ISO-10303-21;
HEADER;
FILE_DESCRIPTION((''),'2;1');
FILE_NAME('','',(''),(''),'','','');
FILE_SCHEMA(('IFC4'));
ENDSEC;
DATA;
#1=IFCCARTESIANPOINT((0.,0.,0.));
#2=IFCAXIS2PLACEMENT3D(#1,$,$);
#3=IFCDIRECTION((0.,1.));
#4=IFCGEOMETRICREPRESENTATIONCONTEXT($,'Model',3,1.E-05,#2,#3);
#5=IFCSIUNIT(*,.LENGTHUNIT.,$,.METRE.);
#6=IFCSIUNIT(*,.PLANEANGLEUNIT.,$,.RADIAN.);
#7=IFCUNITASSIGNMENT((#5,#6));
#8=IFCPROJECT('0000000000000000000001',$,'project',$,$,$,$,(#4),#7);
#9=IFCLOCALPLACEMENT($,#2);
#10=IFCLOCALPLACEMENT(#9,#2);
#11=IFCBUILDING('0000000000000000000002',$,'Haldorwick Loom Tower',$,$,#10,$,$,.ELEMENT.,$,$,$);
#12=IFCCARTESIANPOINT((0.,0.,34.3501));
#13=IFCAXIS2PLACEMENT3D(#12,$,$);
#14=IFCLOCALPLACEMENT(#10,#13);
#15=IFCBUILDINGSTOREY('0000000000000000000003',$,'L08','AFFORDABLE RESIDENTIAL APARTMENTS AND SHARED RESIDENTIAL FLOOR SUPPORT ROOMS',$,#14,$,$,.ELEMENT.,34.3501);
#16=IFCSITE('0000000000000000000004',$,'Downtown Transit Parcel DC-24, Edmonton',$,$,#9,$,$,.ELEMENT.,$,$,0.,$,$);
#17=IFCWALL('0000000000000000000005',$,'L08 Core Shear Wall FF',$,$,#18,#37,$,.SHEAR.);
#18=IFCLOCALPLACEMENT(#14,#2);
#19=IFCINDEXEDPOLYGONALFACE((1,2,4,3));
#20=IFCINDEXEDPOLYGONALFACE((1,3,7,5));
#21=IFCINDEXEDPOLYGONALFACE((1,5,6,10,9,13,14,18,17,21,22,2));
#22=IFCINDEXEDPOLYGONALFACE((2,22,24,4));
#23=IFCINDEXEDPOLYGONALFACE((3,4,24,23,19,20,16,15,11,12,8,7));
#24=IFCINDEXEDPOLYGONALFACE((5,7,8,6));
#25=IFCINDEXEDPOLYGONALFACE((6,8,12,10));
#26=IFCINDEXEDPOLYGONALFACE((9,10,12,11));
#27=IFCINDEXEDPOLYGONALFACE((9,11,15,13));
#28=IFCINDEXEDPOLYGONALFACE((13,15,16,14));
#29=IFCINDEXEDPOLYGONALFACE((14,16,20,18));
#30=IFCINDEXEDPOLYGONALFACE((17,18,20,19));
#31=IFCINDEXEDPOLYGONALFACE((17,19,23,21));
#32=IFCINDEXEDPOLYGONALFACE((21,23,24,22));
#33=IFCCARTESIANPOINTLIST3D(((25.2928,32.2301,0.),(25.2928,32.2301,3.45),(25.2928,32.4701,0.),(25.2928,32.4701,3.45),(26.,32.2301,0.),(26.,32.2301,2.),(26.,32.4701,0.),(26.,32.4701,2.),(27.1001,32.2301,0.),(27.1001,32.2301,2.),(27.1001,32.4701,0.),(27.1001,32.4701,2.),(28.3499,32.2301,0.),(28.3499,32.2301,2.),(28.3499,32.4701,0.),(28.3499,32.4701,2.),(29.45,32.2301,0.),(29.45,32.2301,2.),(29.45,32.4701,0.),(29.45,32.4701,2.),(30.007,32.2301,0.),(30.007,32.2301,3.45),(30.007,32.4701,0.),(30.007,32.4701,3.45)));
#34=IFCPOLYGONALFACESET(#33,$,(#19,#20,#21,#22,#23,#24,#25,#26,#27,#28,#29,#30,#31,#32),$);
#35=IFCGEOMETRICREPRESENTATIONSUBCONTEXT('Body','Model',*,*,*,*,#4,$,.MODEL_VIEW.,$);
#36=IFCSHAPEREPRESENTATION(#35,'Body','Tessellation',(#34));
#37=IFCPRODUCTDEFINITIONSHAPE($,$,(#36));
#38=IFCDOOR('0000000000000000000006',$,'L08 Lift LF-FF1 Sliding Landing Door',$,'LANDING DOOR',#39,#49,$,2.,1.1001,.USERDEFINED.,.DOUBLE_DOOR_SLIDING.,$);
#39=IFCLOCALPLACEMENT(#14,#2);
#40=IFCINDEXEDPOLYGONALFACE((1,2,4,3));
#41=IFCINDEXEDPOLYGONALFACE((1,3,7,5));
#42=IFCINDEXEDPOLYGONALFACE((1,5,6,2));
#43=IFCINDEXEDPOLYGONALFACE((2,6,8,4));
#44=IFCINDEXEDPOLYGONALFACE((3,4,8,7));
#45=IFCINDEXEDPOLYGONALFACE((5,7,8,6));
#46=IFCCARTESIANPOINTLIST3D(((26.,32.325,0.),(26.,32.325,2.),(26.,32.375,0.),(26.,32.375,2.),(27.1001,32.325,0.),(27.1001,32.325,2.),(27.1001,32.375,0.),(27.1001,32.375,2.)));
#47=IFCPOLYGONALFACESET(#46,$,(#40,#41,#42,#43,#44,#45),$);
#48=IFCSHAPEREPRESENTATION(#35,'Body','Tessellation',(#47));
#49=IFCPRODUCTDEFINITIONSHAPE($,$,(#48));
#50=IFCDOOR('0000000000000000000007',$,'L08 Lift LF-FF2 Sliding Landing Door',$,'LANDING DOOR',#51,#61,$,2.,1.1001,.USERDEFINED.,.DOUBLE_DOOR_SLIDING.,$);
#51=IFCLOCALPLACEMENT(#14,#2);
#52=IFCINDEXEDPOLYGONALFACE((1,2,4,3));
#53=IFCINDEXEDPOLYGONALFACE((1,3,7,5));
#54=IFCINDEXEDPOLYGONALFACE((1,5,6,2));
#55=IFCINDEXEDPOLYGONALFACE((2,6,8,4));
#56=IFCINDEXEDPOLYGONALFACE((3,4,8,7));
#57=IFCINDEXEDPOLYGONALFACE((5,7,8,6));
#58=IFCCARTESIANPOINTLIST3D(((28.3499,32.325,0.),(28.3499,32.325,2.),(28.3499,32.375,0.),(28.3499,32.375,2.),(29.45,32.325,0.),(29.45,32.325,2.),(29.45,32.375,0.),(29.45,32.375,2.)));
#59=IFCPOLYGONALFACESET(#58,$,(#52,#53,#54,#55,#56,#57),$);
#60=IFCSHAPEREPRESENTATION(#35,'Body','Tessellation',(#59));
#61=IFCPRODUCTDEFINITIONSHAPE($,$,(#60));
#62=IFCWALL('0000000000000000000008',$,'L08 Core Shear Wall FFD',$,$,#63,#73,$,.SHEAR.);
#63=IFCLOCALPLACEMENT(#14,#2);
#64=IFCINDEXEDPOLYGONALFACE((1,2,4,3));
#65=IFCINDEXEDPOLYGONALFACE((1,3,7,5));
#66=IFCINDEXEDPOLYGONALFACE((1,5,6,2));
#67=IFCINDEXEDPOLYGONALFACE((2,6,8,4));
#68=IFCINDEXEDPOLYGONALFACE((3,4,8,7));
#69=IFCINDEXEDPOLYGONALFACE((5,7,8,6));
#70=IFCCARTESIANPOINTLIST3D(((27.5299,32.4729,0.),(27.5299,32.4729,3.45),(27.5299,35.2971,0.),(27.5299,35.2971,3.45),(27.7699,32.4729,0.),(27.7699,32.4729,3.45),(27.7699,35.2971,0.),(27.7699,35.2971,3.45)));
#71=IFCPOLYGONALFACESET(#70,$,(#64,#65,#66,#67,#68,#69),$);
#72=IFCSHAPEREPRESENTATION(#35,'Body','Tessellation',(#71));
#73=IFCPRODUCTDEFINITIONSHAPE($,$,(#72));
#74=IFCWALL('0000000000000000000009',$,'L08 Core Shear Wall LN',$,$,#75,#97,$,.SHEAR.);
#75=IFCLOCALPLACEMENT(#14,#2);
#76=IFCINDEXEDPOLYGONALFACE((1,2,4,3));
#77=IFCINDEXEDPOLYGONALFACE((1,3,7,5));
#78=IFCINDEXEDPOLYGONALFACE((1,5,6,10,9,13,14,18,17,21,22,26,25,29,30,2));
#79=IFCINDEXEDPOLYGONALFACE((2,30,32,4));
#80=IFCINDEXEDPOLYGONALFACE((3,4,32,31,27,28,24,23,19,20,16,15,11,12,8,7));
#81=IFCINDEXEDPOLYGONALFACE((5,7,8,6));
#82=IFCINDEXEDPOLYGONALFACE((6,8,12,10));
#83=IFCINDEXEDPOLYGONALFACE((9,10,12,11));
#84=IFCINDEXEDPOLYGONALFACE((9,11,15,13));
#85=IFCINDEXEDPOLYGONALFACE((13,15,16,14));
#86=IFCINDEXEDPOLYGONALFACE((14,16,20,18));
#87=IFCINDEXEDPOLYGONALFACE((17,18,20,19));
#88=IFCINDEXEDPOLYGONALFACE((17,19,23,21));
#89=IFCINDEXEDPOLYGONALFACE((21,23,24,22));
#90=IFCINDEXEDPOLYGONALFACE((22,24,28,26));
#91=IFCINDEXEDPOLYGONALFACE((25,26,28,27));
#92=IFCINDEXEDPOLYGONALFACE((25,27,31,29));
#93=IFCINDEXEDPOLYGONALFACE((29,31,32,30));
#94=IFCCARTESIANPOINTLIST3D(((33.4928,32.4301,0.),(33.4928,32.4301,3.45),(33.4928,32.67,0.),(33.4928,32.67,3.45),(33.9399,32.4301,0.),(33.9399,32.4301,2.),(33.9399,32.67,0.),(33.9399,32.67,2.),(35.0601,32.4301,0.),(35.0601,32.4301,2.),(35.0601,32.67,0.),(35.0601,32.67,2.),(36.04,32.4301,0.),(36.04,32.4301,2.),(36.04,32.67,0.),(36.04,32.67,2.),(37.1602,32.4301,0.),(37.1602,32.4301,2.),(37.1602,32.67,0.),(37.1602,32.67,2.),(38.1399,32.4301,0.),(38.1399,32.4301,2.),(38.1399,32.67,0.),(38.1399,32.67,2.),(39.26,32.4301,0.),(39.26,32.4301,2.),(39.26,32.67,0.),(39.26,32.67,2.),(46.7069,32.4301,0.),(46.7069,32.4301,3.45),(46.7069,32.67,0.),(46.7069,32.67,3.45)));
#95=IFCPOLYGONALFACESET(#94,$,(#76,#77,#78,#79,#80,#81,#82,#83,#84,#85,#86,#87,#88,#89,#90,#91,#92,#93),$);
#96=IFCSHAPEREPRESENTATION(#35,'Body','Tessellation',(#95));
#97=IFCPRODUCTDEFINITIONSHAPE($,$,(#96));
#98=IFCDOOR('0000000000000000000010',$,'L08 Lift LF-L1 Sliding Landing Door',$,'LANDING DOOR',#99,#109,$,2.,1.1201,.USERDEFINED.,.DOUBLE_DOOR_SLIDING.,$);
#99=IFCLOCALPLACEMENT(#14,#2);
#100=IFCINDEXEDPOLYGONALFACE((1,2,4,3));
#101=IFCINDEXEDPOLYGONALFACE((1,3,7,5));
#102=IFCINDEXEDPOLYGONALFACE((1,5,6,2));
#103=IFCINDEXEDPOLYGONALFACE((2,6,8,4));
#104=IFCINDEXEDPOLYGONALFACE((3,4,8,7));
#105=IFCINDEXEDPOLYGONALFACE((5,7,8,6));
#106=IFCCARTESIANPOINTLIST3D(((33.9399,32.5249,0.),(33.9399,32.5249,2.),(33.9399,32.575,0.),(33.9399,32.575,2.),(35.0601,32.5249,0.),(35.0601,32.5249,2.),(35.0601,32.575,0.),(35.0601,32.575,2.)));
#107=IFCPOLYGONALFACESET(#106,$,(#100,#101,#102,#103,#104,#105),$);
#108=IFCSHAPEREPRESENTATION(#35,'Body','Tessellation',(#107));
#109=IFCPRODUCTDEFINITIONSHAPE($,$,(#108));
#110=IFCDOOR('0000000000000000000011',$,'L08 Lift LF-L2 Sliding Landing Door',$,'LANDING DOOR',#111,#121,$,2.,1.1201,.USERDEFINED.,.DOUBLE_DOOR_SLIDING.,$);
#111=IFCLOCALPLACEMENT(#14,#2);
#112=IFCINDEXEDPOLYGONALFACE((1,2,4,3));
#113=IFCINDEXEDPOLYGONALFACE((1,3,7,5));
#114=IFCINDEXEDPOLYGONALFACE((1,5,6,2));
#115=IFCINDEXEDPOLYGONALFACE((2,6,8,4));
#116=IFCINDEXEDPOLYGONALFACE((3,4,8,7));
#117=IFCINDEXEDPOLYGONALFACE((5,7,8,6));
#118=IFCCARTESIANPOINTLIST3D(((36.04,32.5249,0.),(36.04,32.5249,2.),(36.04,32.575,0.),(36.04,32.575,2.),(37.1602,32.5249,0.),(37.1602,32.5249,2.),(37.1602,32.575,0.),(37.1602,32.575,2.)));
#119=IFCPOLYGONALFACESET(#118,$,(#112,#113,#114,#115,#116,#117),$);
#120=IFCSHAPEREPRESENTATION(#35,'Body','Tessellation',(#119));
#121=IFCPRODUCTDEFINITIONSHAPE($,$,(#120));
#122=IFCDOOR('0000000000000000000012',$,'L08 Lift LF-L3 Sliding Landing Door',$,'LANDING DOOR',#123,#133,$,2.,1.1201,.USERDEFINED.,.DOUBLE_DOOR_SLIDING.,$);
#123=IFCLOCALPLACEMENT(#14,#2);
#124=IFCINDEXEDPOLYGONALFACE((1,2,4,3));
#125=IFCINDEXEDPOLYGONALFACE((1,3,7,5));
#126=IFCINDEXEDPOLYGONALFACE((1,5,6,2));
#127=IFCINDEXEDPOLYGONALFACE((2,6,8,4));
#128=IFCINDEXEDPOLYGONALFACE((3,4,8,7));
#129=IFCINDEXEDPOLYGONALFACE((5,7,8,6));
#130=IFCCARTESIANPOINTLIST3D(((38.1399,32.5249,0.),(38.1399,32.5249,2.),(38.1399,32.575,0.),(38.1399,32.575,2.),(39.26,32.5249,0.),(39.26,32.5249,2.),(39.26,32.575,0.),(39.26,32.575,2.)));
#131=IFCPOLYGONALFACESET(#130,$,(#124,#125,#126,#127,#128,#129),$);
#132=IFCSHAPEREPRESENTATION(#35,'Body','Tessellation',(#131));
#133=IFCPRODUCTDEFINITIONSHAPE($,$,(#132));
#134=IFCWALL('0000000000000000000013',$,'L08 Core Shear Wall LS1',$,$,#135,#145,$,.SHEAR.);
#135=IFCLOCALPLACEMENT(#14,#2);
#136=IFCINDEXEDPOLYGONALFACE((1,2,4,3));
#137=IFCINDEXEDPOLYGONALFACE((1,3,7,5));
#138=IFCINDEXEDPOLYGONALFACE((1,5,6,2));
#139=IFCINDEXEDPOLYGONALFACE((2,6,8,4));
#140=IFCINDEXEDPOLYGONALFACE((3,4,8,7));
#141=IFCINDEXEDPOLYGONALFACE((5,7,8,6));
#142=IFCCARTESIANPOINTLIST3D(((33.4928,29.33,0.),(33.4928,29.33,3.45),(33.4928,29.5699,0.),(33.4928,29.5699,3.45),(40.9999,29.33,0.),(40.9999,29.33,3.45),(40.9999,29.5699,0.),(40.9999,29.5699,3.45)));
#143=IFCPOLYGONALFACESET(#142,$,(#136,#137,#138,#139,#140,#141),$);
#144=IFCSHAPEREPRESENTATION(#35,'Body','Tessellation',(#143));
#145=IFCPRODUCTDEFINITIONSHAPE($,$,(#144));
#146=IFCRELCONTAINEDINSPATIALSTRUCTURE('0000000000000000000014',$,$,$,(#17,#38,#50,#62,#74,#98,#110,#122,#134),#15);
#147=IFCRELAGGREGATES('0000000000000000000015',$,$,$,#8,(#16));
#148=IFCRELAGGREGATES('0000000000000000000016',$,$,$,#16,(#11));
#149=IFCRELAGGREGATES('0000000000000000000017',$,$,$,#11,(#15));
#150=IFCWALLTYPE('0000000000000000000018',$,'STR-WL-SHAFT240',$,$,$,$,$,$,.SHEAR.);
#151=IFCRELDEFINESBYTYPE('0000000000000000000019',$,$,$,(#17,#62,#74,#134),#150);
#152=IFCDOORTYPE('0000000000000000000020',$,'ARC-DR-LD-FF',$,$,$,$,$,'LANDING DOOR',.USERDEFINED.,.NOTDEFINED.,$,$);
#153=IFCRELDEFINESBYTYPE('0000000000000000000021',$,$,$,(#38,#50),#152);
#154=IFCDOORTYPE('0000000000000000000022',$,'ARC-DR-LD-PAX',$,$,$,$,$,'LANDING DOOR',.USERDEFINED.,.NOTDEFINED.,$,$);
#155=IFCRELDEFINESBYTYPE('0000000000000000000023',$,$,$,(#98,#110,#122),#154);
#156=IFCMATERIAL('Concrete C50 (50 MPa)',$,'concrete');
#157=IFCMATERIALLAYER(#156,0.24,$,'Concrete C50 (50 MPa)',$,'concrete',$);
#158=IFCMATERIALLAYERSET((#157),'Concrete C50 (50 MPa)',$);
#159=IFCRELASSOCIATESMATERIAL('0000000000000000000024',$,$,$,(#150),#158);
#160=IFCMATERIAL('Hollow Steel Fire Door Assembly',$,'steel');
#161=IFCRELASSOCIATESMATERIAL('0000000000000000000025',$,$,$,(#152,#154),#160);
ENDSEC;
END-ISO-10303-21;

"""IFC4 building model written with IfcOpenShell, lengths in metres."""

from ifc_helpers import new_model, si_unit, direction, frame, frame_2d, origin, place, context, subcontext, project, spatial, rectangle, extrude, material, layer, layer_set, type_object, element, fill, save


model = new_model("IFC4")

# Units and contexts
model_context = context("Model", 3, precision=1e-05, world=origin(), true_north=direction((0.0, 1.0)))
body_context = subcontext(model_context, "Body", "Model", "MODEL_VIEW")
ifc_project = project(units=[si_unit("LENGTHUNIT", "METRE"), si_unit("PLANEANGLEUNIT", "RADIAN")], contexts=[model_context])

# Site, building, storey
site_placement = place(None, origin())
site = spatial("IfcSite", under=ifc_project, at=site_placement, Name="Downtown Transit Parcel DC-24, Edmonton", CompositionType="ELEMENT", RefElevation=0.0)
building_placement = place(site_placement, origin())
building = spatial("IfcBuilding", under=site, at=building_placement, Name="Haldorwick Loom Tower", CompositionType="ELEMENT")
storey_placement = place(building_placement, frame((0.0, 0.0, 34.3501)))
storey = spatial("IfcBuildingStorey", under=building, at=storey_placement, Name="L08", Description="AFFORDABLE RESIDENTIAL APARTMENTS AND SHARED RESIDENTIAL FLOOR SUPPORT ROOMS", CompositionType="ELEMENT", Elevation=34.3501)

# Shared definitions
ifc_material_1 = material(Name="Concrete C50 (50 MPa)", Category="concrete")
ifc_layer = layer(ifc_material_1, 0.24, Name="Concrete C50 (50 MPa)", Category="concrete")
ifc_layer_set = layer_set([ifc_layer], Name="Concrete C50 (50 MPa)")
wall_type = type_object("IfcWallType", Name="STR-WL-SHAFT240", PredefinedType="SHEAR", material=ifc_layer_set)

# Wall, openings, doors
wall_1_placement = place(storey_placement, frame((25.293, 32.3501, 0.0), z_axis=(0.0, 0.0, 1.0), x_axis=(1.0, 0.0, 0.0)))
wall_1 = element("IfcWall", 1, at=wall_1_placement, inside=storey, type_object=wall_type, Name="L08 Core Shear Wall FF", PredefinedType="SHEAR", context=body_context, shape_type="SweptSolid", body=[
    extrude(rectangle(XDim=4.7141, YDim=0.24, at=frame_2d((2.3569, 0.0))), origin(), (0.0, 0.0, 1.0), 3.45),
])
opening_1_placement = place(wall_1_placement, frame((0.707, 0.0, 0.0)))
opening_1 = element("IfcOpeningElement", 2, at=opening_1_placement, cuts=wall_1, PredefinedType="OPENING", context=body_context, shape_type="SweptSolid", body=[
    extrude(rectangle(XDim=1.1001, YDim=2.0, at=frame_2d((0.55, 1.0))), frame((0.0, 0.1299, 0.0), z_axis=(0.0, -1.0, 0.0), x_axis=(1.0, 0.0, 0.0)), (0.0, 0.0, 1.0), 0.26),
])
opening_2_placement = place(wall_1_placement, frame((3.0569, 0.0, 0.0)))
opening_2 = element("IfcOpeningElement", 3, at=opening_2_placement, cuts=wall_1, PredefinedType="OPENING", context=body_context, shape_type="SweptSolid", body=[
    extrude(rectangle(XDim=1.1001, YDim=2.0, at=frame_2d((0.55, 1.0))), frame((0.0, 0.1299, 0.0), z_axis=(0.0, -1.0, 0.0), x_axis=(1.0, 0.0, 0.0)), (0.0, 0.0, 1.0), 0.26),
])
ifc_material_2 = material(Name="Hollow Steel Fire Door Assembly", Category="steel")
door_type_1 = type_object("IfcDoorType", Name="ARC-DR-LD-FF", ElementType="LANDING DOOR", OperationType="NOTDEFINED", PredefinedType="USERDEFINED", material=ifc_material_2)
door_1_placement = place(opening_1_placement, origin())
door_1 = element("IfcDoor", 4, at=door_1_placement, inside=storey, type_object=door_type_1, Name="L08 Lift LF-FF1 Sliding Landing Door", ObjectType="LANDING DOOR", OperationType="DOUBLE_DOOR_SLIDING", OverallHeight=2.0, OverallWidth=1.1001, PredefinedType="USERDEFINED", context=body_context, shape_type="SweptSolid", body=[
    extrude(rectangle(XDim=1.1001, YDim=2.0, at=frame_2d((0.55, 1.0))), frame((0.0, 0.0249, 0.0), z_axis=(0.0, -1.0, 0.0), x_axis=(1.0, 0.0, 0.0)), (0.0, 0.0, 1.0), 0.05),
])
fill(opening_1, door_1)
door_2_placement = place(opening_2_placement, origin())
door_2 = element("IfcDoor", 5, at=door_2_placement, inside=storey, type_object=door_type_1, Name="L08 Lift LF-FF2 Sliding Landing Door", ObjectType="LANDING DOOR", OperationType="DOUBLE_DOOR_SLIDING", OverallHeight=2.0, OverallWidth=1.1001, PredefinedType="USERDEFINED", context=body_context, shape_type="SweptSolid", body=[
    extrude(rectangle(XDim=1.1001, YDim=2.0, at=frame_2d((0.55, 1.0))), frame((0.0, 0.0249, 0.0), z_axis=(0.0, -1.0, 0.0), x_axis=(1.0, 0.0, 0.0)), (0.0, 0.0, 1.0), 0.05),
])
fill(opening_2, door_2)

# Wall
wall_2_placement = place(storey_placement, frame((27.6499, 32.4729, 0.0), z_axis=(0.0, 0.0, 1.0), x_axis=(0.0, 1.0, 0.0)))
element("IfcWall", 6, at=wall_2_placement, inside=storey, type_object=wall_type, Name="L08 Core Shear Wall FFD", PredefinedType="SHEAR", context=body_context, shape_type="SweptSolid", body=[
    extrude(rectangle(XDim=2.8242, YDim=0.24, at=frame_2d((1.4121, 0.0))), origin(), (0.0, 0.0, 1.0), 3.45),
])

# Wall, openings, doors
wall_3_placement = place(storey_placement, frame((33.4929, 32.55, 0.0), z_axis=(0.0, 0.0, 1.0), x_axis=(1.0, 0.0, 0.0)))
wall_3 = element("IfcWall", 7, at=wall_3_placement, inside=storey, type_object=wall_type, Name="L08 Core Shear Wall LN", PredefinedType="SHEAR", context=body_context, shape_type="SweptSolid", body=[
    extrude(rectangle(XDim=13.2141, YDim=0.24, at=frame_2d((6.6069, 0.0))), origin(), (0.0, 0.0, 1.0), 3.45),
])
opening_3_placement = place(wall_3_placement, frame((0.447, 0.0, 0.0)))
opening_3 = element("IfcOpeningElement", 8, at=opening_3_placement, cuts=wall_3, PredefinedType="OPENING", context=body_context, shape_type="SweptSolid", body=[
    extrude(rectangle(XDim=1.1201, YDim=2.0, at=frame_2d((0.5601, 1.0))), frame((0.0, 0.1299, 0.0), z_axis=(0.0, -1.0, 0.0), x_axis=(1.0, 0.0, 0.0)), (0.0, 0.0, 1.0), 0.26),
])
opening_4_placement = place(wall_3_placement, frame((2.5471, 0.0, 0.0)))
opening_4 = element("IfcOpeningElement", 9, at=opening_4_placement, cuts=wall_3, PredefinedType="OPENING", context=body_context, shape_type="SweptSolid", body=[
    extrude(rectangle(XDim=1.1201, YDim=2.0, at=frame_2d((0.5601, 1.0))), frame((0.0, 0.1299, 0.0), z_axis=(0.0, -1.0, 0.0), x_axis=(1.0, 0.0, 0.0)), (0.0, 0.0, 1.0), 0.26),
])
opening_5_placement = place(wall_3_placement, frame((4.647, 0.0, 0.0)))
opening_5 = element("IfcOpeningElement", 10, at=opening_5_placement, cuts=wall_3, PredefinedType="OPENING", context=body_context, shape_type="SweptSolid", body=[
    extrude(rectangle(XDim=1.1201, YDim=2.0, at=frame_2d((0.5601, 1.0))), frame((0.0, 0.1299, 0.0), z_axis=(0.0, -1.0, 0.0), x_axis=(1.0, 0.0, 0.0)), (0.0, 0.0, 1.0), 0.26),
])
door_type_2 = type_object("IfcDoorType", Name="ARC-DR-LD-PAX", ElementType="LANDING DOOR", OperationType="NOTDEFINED", PredefinedType="USERDEFINED", material=ifc_material_2)
door_3_placement = place(opening_3_placement, origin())
door_3 = element("IfcDoor", 11, at=door_3_placement, inside=storey, type_object=door_type_2, Name="L08 Lift LF-L1 Sliding Landing Door", ObjectType="LANDING DOOR", OperationType="DOUBLE_DOOR_SLIDING", OverallHeight=2.0, OverallWidth=1.1201, PredefinedType="USERDEFINED", context=body_context, shape_type="SweptSolid", body=[
    extrude(rectangle(XDim=1.1201, YDim=2.0, at=frame_2d((0.5601, 1.0))), frame((0.0, 0.0249, 0.0), z_axis=(0.0, -1.0, 0.0), x_axis=(1.0, 0.0, 0.0)), (0.0, 0.0, 1.0), 0.05),
])
fill(opening_3, door_3)
door_4_placement = place(opening_4_placement, origin())
door_4 = element("IfcDoor", 12, at=door_4_placement, inside=storey, type_object=door_type_2, Name="L08 Lift LF-L2 Sliding Landing Door", ObjectType="LANDING DOOR", OperationType="DOUBLE_DOOR_SLIDING", OverallHeight=2.0, OverallWidth=1.1201, PredefinedType="USERDEFINED", context=body_context, shape_type="SweptSolid", body=[
    extrude(rectangle(XDim=1.1201, YDim=2.0, at=frame_2d((0.5601, 1.0))), frame((0.0, 0.0249, 0.0), z_axis=(0.0, -1.0, 0.0), x_axis=(1.0, 0.0, 0.0)), (0.0, 0.0, 1.0), 0.05),
])
fill(opening_4, door_4)
door_5_placement = place(opening_5_placement, origin())
door_5 = element("IfcDoor", 13, at=door_5_placement, inside=storey, type_object=door_type_2, Name="L08 Lift LF-L3 Sliding Landing Door", ObjectType="LANDING DOOR", OperationType="DOUBLE_DOOR_SLIDING", OverallHeight=2.0, OverallWidth=1.1201, PredefinedType="USERDEFINED", context=body_context, shape_type="SweptSolid", body=[
    extrude(rectangle(XDim=1.1201, YDim=2.0, at=frame_2d((0.5601, 1.0))), frame((0.0, 0.0249, 0.0), z_axis=(0.0, -1.0, 0.0), x_axis=(1.0, 0.0, 0.0)), (0.0, 0.0, 1.0), 0.05),
])
fill(opening_5, door_5)

# Wall
wall_4_placement = place(storey_placement, frame((33.4929, 29.45, 0.0), z_axis=(0.0, 0.0, 1.0), x_axis=(1.0, 0.0, 0.0)))
element("IfcWall", 14, at=wall_4_placement, inside=storey, type_object=wall_type, Name="L08 Core Shear Wall LS1", PredefinedType="SHEAR", context=body_context, shape_type="SweptSolid", body=[
    extrude(rectangle(XDim=7.5071, YDim=0.24, at=frame_2d((3.7534, 0.0))), origin(), (0.0, 0.0, 1.0), 3.45),
])

save(model, "model.ifc")
